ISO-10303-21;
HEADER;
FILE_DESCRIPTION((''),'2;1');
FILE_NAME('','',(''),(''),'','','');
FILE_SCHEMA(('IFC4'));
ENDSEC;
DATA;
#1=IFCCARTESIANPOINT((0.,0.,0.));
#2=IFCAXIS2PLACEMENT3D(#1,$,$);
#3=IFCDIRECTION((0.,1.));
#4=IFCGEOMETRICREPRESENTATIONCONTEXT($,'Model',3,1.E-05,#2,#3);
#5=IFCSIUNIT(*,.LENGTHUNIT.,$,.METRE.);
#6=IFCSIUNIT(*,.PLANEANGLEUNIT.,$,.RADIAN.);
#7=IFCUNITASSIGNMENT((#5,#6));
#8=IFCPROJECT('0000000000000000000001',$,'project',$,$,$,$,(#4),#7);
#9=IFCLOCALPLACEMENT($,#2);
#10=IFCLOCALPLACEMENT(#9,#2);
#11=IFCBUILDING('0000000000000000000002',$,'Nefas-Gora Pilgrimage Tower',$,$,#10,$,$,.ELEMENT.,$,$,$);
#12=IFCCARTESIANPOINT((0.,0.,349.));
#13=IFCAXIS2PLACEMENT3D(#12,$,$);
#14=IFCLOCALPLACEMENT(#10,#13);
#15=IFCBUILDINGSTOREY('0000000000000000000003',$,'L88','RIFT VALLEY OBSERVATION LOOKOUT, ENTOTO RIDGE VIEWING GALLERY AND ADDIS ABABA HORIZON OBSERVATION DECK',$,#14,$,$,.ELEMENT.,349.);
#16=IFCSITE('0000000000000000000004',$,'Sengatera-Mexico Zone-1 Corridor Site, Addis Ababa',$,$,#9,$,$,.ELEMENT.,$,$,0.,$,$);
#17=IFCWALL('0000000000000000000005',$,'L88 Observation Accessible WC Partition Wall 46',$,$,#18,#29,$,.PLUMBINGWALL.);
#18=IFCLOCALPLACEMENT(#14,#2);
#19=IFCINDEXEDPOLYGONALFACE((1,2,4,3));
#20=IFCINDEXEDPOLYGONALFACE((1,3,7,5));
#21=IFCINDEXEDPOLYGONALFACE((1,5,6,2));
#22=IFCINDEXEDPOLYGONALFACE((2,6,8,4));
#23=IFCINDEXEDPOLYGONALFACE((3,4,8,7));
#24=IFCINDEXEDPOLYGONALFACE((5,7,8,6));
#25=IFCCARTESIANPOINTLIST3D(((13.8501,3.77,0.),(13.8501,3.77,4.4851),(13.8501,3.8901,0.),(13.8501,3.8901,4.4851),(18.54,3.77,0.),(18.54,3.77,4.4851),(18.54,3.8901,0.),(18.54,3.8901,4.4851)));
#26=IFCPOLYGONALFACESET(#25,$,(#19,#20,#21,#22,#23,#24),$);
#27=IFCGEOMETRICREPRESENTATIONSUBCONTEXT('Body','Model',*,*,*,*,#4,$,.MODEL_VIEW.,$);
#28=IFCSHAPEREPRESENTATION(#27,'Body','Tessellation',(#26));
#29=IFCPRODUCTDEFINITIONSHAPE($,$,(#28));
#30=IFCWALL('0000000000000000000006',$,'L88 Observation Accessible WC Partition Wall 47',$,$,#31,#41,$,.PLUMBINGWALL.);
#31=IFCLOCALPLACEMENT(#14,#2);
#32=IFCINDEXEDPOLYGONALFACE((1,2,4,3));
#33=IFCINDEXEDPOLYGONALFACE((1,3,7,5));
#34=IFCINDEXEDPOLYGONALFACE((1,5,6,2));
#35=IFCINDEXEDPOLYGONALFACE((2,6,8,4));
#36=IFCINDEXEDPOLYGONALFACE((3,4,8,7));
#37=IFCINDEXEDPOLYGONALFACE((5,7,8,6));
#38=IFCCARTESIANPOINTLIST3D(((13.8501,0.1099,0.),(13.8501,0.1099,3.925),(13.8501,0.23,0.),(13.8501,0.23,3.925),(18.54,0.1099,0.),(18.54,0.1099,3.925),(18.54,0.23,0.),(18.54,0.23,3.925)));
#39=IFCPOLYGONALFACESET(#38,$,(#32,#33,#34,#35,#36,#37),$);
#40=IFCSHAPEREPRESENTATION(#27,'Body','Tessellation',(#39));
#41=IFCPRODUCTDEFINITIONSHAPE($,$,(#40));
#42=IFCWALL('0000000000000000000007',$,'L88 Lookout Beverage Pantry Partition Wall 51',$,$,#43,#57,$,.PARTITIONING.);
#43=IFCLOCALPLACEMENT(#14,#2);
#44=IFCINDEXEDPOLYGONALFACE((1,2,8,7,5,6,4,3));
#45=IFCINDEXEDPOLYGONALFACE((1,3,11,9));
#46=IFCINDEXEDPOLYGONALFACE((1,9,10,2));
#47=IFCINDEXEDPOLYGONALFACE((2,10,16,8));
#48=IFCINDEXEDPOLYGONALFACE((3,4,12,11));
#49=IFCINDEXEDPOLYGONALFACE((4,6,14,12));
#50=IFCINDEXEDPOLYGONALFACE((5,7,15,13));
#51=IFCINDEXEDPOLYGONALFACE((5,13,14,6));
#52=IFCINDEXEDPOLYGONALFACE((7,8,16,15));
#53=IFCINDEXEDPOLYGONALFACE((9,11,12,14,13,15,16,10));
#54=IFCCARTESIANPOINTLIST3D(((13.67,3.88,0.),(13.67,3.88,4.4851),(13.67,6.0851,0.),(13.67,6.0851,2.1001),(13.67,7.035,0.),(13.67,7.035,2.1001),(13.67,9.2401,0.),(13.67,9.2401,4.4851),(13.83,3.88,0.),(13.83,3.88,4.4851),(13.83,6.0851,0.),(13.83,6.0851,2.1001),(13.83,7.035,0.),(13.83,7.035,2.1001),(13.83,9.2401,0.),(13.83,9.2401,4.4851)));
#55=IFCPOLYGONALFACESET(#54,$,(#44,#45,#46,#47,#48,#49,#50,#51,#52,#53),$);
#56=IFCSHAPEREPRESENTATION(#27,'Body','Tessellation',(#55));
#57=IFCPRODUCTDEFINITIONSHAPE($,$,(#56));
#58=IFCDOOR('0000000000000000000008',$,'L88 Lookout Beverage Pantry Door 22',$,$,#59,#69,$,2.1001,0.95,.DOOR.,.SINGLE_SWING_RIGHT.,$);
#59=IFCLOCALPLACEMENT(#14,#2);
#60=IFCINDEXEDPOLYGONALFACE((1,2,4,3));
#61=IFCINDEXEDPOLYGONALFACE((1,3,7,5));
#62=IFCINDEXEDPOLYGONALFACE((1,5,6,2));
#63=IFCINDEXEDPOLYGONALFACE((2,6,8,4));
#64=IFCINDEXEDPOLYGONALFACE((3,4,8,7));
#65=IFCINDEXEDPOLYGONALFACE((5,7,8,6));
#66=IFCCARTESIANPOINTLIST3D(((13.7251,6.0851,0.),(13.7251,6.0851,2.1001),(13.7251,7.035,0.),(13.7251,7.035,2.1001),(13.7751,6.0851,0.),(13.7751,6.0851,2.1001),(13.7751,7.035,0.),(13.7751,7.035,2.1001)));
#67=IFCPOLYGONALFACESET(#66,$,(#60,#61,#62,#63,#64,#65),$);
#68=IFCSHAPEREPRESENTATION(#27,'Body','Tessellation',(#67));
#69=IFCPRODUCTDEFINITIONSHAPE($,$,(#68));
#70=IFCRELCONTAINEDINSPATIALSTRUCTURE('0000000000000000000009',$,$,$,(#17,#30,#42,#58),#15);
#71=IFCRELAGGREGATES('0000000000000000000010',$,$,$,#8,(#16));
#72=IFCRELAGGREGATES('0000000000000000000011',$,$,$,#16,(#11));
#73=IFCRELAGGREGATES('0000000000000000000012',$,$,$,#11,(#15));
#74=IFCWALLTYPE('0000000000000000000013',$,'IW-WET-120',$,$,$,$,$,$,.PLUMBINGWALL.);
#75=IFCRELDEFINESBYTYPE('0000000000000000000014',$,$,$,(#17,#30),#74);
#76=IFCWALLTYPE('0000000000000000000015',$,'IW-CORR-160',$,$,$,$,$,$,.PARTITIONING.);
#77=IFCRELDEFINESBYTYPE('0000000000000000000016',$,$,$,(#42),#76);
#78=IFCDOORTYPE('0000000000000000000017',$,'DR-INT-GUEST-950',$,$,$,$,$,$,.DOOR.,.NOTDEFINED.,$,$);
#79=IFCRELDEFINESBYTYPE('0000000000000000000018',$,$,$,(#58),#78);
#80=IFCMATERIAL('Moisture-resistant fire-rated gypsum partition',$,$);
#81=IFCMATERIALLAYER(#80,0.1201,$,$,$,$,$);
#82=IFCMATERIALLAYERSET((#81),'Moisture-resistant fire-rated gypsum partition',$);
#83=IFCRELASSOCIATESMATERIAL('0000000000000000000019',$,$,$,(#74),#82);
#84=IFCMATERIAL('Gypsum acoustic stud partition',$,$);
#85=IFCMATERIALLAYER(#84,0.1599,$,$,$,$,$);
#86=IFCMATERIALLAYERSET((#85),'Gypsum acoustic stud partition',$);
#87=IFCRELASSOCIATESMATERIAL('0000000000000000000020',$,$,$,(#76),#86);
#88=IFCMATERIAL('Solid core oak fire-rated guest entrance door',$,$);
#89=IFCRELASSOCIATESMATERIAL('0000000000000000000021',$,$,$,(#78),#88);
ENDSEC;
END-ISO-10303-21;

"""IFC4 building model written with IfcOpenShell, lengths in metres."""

from ifc_helpers import new_model, si_unit, direction, frame, frame_2d, origin, place, context, subcontext, project, spatial, rectangle, extrude, source, transform, mapped, material, layer, layer_set, type_object, element, fill, save


model = new_model("IFC4")

# Units and contexts
model_context = context("Model", 3, precision=1e-05, world=origin(), true_north=direction((0.0, 1.0)))
body_context = subcontext(model_context, "Body", "Model", "MODEL_VIEW")
ifc_project = project(units=[si_unit("LENGTHUNIT", "METRE"), si_unit("PLANEANGLEUNIT", "RADIAN")], contexts=[model_context])

# Site, building, storey
site_placement = place(None, origin())
site = spatial("IfcSite", under=ifc_project, at=site_placement, Name="Sengatera-Mexico Zone-1 Corridor Site, Addis Ababa", CompositionType="ELEMENT", RefElevation=0.0)
building_placement = place(site_placement, origin())
building = spatial("IfcBuilding", under=site, at=building_placement, Name="Nefas-Gora Pilgrimage Tower", CompositionType="ELEMENT")
storey_placement = place(building_placement, frame((0.0, 0.0, 349.0)))
storey = spatial("IfcBuildingStorey", under=building, at=storey_placement, Name="L88", Description="RIFT VALLEY OBSERVATION LOOKOUT, ENTOTO RIDGE VIEWING GALLERY AND ADDIS ABABA HORIZON OBSERVATION DECK", CompositionType="ELEMENT", Elevation=349.0)

# Shared definitions
ifc_material_1 = material(Name="Moisture-resistant fire-rated gypsum partition")
ifc_layer_1 = layer(ifc_material_1, 0.1201)
ifc_layer_set_1 = layer_set([ifc_layer_1], Name="Moisture-resistant fire-rated gypsum partition")
wall_type_1 = type_object("IfcWallType", Name="IW-WET-120", PredefinedType="PLUMBINGWALL", material=ifc_layer_set_1)

# Walls
shared_shape_1 = source(origin(), body_context, "Body", "SweptSolid", [
    extrude(rectangle(XDim=4.6899, YDim=0.1201, at=frame_2d((2.345, 0.0))), origin(), (0.0, 0.0, 1.0), 4.4851),
])
wall_1_placement = place(storey_placement, frame((13.8501, 3.8301, 0.0), z_axis=(0.0, 0.0, 1.0), x_axis=(1.0, 0.0, 0.0)))
element("IfcWall", 1, at=wall_1_placement, inside=storey, type_object=wall_type_1, Name="L88 Observation Accessible WC Partition Wall 46", PredefinedType="PLUMBINGWALL", context=body_context, shape_type="MappedRepresentation", body=[
    mapped(shared_shape_1, transform((0.0, 0.0, 0.0), x_axis=(1.0, 0.0, 0.0), y_axis=(0.0, 1.0, 0.0), z_axis=(0.0, 0.0, 1.0), scale=1.0)),
])
shared_shape_2 = source(origin(), body_context, "Body", "SweptSolid", [
    extrude(rectangle(XDim=4.6899, YDim=0.1201, at=frame_2d((2.345, 0.0))), origin(), (0.0, 0.0, 1.0), 3.925),
])
wall_2_placement = place(storey_placement, frame((13.8501, 0.1699, 0.0), z_axis=(0.0, 0.0, 1.0), x_axis=(1.0, 0.0, 0.0)))
element("IfcWall", 2, at=wall_2_placement, inside=storey, type_object=wall_type_1, Name="L88 Observation Accessible WC Partition Wall 47", PredefinedType="PLUMBINGWALL", context=body_context, shape_type="MappedRepresentation", body=[
    mapped(shared_shape_2, transform((0.0, 0.0, 0.0), x_axis=(1.0, 0.0, 0.0), y_axis=(0.0, 1.0, 0.0), z_axis=(0.0, 0.0, 1.0), scale=1.0)),
])

# Wall, opening, door
ifc_material_2 = material(Name="Gypsum acoustic stud partition")
ifc_layer_2 = layer(ifc_material_2, 0.1599)
ifc_layer_set_2 = layer_set([ifc_layer_2], Name="Gypsum acoustic stud partition")
wall_type_2 = type_object("IfcWallType", Name="IW-CORR-160", PredefinedType="PARTITIONING", material=ifc_layer_set_2)
shared_shape_3 = source(origin(), body_context, "Body", "SweptSolid", [
    extrude(rectangle(XDim=5.3601, YDim=0.1599, at=frame_2d((2.6802, 0.0))), origin(), (0.0, 0.0, 1.0), 4.4851),
])
wall_3_placement = place(storey_placement, frame((13.75, 3.8799, 0.0), z_axis=(0.0, 0.0, 1.0), x_axis=(0.0, 1.0, 0.0)))
wall_3 = element("IfcWall", 3, at=wall_3_placement, inside=storey, type_object=wall_type_2, Name="L88 Lookout Beverage Pantry Partition Wall 51", PredefinedType="PARTITIONING", context=body_context, shape_type="MappedRepresentation", body=[
    mapped(shared_shape_3, transform((0.0, 0.0, 0.0), x_axis=(1.0, 0.0, 0.0), y_axis=(0.0, 1.0, 0.0), z_axis=(0.0, 0.0, 1.0), scale=1.0)),
])
opening_1_placement = place(wall_3_placement, frame((2.2051, 0.0, 0.0)))
opening_1 = element("IfcOpeningElement", 4, at=opening_1_placement, cuts=wall_3, PredefinedType="OPENING", context=body_context, shape_type="SweptSolid", body=[
    extrude(rectangle(XDim=0.95, YDim=2.1001, at=frame_2d((0.4751, 1.05))), frame((0.0, 0.0898, 0.0), z_axis=(0.0, -1.0, 0.0), x_axis=(1.0, 0.0, 0.0)), (0.0, 0.0, 1.0), 0.1799),
])
ifc_material_3 = material(Name="Solid core oak fire-rated guest entrance door")
door_type_1 = type_object("IfcDoorType", Name="DR-INT-GUEST-950", OperationType="NOTDEFINED", PredefinedType="DOOR", material=ifc_material_3)
shared_shape_4 = source(origin(), body_context, "Body", "SweptSolid", [
    extrude(rectangle(XDim=0.95, YDim=2.1001, at=frame_2d((0.4751, 1.05))), frame((0.0, 0.0249, 0.0), z_axis=(0.0, -1.0, 0.0), x_axis=(1.0, 0.0, 0.0)), (0.0, 0.0, 1.0), 0.05),
])
door_1_placement = place(opening_1_placement, origin())
door_1 = element("IfcDoor", 5, at=door_1_placement, inside=storey, type_object=door_type_1, Name="L88 Lookout Beverage Pantry Door 22", OperationType="SINGLE_SWING_RIGHT", OverallHeight=2.1001, OverallWidth=0.95, PredefinedType="DOOR", context=body_context, shape_type="MappedRepresentation", body=[
    mapped(shared_shape_4, transform((0.0, 0.0, 0.0), x_axis=(1.0, 0.0, 0.0), y_axis=(0.0, 1.0, 0.0), z_axis=(0.0, 0.0, 1.0), scale=1.0)),
])
fill(opening_1, door_1)

save(model, "model.ifc")
